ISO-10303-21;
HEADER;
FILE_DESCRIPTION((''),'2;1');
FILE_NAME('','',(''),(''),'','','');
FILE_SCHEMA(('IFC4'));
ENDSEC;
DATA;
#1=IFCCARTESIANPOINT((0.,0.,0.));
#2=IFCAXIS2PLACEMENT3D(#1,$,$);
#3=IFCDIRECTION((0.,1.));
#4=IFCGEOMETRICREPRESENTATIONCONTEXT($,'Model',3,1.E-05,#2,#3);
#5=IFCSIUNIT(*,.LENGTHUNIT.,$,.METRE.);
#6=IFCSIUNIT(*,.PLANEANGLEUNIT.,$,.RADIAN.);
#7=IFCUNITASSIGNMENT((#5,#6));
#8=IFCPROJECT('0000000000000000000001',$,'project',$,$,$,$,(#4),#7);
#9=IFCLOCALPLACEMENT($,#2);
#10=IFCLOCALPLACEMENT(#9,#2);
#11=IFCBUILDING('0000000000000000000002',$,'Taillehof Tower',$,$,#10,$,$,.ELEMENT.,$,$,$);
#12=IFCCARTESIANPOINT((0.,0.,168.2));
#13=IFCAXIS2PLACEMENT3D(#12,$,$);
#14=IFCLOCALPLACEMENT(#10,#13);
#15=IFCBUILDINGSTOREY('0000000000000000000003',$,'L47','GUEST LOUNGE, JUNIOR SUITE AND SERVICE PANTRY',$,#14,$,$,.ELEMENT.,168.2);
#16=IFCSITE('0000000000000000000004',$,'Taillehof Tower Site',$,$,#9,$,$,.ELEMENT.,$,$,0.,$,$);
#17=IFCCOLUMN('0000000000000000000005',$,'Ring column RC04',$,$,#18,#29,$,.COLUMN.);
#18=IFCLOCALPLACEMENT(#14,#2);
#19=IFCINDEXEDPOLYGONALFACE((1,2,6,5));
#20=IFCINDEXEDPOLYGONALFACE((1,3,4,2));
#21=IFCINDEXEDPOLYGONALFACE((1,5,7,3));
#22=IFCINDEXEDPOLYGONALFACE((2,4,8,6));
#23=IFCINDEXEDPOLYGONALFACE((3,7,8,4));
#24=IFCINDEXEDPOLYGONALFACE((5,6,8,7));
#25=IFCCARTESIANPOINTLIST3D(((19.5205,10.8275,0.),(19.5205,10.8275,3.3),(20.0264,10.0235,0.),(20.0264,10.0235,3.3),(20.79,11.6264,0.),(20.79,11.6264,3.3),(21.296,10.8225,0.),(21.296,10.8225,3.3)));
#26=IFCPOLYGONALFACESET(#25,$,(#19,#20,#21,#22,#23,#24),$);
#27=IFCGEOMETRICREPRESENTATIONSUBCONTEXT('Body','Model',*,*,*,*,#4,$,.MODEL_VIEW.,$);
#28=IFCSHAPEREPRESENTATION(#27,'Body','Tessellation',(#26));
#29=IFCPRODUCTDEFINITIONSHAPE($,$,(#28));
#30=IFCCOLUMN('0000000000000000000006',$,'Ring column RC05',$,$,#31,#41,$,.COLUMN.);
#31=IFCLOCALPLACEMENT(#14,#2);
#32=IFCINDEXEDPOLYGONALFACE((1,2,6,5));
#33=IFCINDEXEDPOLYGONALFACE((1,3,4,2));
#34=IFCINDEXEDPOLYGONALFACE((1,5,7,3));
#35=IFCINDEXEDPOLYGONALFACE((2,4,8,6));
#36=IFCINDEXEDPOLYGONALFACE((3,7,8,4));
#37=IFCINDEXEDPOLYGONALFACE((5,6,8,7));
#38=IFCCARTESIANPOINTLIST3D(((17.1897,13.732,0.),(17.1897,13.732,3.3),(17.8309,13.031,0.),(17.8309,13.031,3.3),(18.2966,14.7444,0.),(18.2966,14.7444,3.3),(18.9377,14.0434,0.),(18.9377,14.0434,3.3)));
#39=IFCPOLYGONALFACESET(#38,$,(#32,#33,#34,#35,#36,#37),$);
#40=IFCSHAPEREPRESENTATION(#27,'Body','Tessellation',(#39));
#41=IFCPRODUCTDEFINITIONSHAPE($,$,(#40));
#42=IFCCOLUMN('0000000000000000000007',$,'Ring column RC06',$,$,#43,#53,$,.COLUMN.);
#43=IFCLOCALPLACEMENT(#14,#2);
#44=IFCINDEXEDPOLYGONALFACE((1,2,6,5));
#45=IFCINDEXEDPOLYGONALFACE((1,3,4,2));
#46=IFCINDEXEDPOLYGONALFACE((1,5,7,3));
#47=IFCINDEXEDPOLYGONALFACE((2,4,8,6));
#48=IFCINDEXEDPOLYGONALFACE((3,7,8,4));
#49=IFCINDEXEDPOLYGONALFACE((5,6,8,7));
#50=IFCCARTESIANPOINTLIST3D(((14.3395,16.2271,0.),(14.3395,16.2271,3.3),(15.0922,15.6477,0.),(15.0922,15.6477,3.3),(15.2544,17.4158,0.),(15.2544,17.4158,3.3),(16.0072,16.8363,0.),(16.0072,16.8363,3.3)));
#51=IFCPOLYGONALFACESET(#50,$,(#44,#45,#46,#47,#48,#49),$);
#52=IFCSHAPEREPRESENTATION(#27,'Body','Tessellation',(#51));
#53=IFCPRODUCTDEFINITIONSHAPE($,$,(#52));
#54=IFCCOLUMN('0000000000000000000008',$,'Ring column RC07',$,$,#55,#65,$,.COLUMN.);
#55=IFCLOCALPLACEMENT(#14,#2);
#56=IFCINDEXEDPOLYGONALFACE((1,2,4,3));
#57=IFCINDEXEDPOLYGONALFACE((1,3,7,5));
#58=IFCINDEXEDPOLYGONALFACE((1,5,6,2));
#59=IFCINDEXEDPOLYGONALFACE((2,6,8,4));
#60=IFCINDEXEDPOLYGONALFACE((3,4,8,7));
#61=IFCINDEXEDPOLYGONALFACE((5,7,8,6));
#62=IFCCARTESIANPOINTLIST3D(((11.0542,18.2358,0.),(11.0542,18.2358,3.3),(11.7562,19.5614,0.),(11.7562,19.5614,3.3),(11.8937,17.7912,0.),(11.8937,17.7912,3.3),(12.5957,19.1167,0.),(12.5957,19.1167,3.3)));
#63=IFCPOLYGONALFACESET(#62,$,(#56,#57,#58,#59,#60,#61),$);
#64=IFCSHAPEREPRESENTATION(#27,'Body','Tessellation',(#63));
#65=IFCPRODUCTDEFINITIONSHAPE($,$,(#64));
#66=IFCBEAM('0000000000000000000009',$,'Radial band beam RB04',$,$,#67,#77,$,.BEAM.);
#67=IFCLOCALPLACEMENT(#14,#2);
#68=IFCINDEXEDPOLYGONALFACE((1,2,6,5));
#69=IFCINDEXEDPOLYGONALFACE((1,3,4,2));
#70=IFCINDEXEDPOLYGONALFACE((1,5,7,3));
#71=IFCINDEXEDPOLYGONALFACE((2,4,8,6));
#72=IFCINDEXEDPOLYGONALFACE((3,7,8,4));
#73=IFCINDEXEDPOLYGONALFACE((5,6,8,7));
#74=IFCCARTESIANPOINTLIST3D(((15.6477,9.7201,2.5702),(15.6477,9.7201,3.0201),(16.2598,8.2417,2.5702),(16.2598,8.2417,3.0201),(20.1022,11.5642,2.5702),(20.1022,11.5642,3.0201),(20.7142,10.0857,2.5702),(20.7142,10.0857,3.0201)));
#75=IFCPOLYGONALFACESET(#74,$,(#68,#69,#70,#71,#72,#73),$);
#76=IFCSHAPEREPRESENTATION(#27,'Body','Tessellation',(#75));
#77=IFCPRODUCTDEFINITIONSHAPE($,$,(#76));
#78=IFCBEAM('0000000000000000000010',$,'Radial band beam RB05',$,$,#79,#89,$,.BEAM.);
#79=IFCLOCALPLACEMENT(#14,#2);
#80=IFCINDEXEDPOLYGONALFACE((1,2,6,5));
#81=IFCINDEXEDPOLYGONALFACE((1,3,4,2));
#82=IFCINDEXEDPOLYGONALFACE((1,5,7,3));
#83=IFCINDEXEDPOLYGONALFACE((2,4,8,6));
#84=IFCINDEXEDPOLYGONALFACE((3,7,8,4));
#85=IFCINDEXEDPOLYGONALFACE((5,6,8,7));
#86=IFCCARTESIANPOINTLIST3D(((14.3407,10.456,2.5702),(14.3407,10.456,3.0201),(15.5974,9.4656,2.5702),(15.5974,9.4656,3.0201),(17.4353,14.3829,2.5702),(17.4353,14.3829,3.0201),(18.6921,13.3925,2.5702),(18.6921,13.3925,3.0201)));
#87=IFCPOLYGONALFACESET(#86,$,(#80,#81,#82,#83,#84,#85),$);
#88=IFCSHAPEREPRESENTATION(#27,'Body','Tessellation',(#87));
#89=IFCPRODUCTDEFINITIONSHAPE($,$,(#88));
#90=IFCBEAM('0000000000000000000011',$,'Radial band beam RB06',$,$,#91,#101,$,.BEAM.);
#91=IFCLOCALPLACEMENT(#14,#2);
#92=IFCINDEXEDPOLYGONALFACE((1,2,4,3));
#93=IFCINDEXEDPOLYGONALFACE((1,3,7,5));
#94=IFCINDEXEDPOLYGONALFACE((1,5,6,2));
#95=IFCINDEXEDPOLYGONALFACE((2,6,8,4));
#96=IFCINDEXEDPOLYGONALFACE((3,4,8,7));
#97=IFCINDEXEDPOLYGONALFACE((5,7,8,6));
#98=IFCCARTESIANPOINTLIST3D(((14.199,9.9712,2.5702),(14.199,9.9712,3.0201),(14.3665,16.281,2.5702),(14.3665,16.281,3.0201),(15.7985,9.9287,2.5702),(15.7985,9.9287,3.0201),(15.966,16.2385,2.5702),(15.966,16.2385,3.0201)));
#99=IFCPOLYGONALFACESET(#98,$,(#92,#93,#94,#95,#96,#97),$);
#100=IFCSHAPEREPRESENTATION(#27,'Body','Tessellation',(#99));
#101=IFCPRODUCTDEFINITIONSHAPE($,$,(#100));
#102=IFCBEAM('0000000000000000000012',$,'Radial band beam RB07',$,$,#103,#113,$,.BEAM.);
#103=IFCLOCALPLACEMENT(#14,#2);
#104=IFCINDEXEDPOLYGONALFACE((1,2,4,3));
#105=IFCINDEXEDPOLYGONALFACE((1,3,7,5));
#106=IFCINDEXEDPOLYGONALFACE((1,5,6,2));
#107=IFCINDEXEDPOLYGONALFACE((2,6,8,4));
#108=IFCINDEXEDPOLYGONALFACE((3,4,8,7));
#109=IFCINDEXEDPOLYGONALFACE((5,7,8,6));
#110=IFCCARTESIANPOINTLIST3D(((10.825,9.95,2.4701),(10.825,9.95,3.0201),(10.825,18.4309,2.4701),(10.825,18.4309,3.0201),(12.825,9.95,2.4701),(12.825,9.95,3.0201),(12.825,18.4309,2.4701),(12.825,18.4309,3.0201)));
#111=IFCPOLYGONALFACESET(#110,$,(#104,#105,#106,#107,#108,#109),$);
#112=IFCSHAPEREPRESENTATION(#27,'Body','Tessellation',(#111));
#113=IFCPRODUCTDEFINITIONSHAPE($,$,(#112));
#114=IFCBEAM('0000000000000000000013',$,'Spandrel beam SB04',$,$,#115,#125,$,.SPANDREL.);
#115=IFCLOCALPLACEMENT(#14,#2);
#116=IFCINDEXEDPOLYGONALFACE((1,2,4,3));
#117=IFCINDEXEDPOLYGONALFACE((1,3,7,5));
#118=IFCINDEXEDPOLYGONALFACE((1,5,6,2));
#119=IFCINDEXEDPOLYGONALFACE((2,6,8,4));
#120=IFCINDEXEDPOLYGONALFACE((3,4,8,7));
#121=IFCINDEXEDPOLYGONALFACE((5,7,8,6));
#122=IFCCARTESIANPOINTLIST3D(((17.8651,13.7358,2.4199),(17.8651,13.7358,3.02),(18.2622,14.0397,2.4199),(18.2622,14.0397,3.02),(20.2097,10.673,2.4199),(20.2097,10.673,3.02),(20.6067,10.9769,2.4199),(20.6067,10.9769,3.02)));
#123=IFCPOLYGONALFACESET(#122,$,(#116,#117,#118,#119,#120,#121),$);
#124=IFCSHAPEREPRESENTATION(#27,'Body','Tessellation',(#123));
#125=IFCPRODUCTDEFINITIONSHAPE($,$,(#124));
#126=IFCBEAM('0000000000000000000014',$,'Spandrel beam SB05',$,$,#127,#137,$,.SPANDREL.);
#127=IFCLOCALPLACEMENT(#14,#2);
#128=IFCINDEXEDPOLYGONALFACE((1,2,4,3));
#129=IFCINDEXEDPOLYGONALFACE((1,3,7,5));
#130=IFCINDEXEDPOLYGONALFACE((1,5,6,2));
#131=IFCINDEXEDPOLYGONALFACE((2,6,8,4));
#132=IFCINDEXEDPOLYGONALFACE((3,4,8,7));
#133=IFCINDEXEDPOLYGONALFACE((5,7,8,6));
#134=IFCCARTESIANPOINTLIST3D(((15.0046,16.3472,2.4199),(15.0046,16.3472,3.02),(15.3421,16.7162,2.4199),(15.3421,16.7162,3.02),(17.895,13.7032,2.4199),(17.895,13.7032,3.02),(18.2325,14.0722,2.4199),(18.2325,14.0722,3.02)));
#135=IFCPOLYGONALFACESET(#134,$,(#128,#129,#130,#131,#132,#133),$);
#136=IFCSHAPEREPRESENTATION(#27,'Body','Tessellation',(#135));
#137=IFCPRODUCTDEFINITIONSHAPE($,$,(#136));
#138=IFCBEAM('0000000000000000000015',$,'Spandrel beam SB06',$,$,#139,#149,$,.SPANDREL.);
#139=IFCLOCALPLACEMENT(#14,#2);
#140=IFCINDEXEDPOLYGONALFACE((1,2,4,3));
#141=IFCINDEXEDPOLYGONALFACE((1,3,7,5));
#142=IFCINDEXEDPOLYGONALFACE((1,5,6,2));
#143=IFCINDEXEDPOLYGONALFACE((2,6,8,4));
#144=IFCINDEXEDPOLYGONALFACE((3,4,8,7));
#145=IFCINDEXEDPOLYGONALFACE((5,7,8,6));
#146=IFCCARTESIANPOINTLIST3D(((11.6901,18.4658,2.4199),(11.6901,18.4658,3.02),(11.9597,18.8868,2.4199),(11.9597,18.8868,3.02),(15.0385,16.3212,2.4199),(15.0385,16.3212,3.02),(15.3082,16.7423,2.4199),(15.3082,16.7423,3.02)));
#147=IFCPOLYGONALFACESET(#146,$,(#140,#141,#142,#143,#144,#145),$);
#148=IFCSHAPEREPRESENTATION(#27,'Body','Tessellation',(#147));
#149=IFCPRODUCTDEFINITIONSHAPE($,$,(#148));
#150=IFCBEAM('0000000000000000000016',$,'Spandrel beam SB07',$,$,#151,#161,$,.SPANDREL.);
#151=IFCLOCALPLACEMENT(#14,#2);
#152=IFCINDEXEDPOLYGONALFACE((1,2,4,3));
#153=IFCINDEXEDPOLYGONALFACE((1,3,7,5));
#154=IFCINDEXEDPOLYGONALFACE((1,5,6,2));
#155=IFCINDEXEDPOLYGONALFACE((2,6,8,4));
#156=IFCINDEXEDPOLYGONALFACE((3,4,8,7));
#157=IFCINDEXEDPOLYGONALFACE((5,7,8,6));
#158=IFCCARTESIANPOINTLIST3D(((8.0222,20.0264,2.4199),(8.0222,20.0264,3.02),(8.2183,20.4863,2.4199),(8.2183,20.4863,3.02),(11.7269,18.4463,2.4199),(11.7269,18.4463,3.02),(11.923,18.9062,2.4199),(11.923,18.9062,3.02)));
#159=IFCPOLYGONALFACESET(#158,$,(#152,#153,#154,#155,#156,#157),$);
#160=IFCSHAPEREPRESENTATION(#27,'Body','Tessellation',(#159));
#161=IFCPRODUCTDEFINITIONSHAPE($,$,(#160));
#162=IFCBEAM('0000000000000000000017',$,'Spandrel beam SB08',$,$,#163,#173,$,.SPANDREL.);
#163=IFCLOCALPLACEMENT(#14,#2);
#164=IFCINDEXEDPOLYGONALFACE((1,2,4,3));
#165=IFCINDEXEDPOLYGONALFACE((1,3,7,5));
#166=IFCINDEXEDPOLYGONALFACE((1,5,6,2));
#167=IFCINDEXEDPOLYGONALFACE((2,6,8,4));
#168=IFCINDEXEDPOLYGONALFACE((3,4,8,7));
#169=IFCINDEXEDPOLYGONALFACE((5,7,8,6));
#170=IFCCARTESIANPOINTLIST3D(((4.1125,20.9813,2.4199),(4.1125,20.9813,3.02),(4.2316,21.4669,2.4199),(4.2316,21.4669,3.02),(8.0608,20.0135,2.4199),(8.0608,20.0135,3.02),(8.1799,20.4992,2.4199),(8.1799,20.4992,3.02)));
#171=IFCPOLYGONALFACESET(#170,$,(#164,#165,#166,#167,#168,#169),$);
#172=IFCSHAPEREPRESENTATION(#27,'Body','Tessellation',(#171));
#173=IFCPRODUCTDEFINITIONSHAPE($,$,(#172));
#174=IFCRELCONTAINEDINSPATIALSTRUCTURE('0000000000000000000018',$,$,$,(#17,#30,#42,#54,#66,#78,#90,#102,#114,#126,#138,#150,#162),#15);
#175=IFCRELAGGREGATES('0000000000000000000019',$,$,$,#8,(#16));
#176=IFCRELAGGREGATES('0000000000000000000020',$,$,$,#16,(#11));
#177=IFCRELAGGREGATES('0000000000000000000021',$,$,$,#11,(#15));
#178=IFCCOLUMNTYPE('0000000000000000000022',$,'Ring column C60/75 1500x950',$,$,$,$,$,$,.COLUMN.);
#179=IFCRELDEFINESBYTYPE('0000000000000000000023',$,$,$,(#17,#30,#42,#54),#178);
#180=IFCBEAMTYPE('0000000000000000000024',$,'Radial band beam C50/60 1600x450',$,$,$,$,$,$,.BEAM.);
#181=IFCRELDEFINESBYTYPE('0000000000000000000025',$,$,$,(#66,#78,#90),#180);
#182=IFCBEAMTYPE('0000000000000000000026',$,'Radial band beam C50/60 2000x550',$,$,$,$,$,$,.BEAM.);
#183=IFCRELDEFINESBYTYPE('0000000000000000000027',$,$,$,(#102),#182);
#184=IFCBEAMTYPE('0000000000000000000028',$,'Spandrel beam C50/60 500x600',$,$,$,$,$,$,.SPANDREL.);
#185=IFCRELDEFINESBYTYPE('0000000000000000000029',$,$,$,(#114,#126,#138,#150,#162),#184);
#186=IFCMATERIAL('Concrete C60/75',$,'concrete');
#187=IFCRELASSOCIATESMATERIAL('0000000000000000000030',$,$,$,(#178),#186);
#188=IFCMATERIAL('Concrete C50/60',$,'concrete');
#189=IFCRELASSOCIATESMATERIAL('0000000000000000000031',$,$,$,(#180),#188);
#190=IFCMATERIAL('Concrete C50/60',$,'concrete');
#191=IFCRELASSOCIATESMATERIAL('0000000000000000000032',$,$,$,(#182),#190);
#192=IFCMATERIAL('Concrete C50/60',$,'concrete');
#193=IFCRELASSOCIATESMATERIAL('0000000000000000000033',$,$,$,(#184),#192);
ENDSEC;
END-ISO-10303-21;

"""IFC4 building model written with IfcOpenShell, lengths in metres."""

from ifc_helpers import new_model, si_unit, direction, frame, origin, origin_2d, place, context, subcontext, project, spatial, rectangle, extrude, material, material_profile, profile_set, type_object, element, save


model = new_model("IFC4")

# Units and contexts
model_context = context("Model", 3, precision=1e-05, world=origin(), true_north=direction((0.0, 1.0)))
body_context = subcontext(model_context, "Body", "Model", "MODEL_VIEW")
ifc_project = project(units=[si_unit("LENGTHUNIT", "METRE"), si_unit("PLANEANGLEUNIT", "RADIAN")], contexts=[model_context])

# Site, building, storey
site_placement = place(None, origin())
site = spatial("IfcSite", under=ifc_project, at=site_placement, Name="Taillehof Tower Site", CompositionType="ELEMENT", RefElevation=0.0)
building_placement = place(site_placement, origin())
building = spatial("IfcBuilding", under=site, at=building_placement, Name="Taillehof Tower", CompositionType="ELEMENT")
storey_placement = place(building_placement, frame((0.0, 0.0, 168.2)))
storey = spatial("IfcBuildingStorey", under=building, at=storey_placement, Name="L47", Description="GUEST LOUNGE, JUNIOR SUITE AND SERVICE PANTRY", CompositionType="ELEMENT", Elevation=168.2)

# Columns
ifc_material_1 = material(Name="Concrete C60/75", Category="concrete")
ifc_material_profile_1 = material_profile(ifc_material_1, rectangle(XDim=1.5, YDim=0.95, at=origin_2d()), Name="RC 1500x950")
ifc_profile_set_1 = profile_set([ifc_material_profile_1], Name="Concrete C60/75")
column_type = type_object("IfcColumnType", Name="Ring column C60/75 1500x950", PredefinedType="COLUMN", material=ifc_profile_set_1)
for number, where, z_axis, x_axis, name in (
    (1, (20.4082, 10.825, 0.0), (0.0, 0.0, 1.0), (0.846334, 0.532652, 0.0), "Ring column RC04"),
    (2, (18.0637, 13.8877, 0.0), (0.0, 0.0, 1.0), (0.737879, 0.674933, 0.0), "Ring column RC05"),
    (3, (15.1733, 16.5317, 0.0), (0.0, 0.0, 1.0), (0.609971, 0.792424, 0.0), "Ring column RC06"),
    (4, (11.825, 18.6763, 0.0), (0.0, 0.0, 1.0), (0.468042, 0.883706, 0.0), "Ring column RC07"),
):
    element("IfcColumn", number, at=place(storey_placement, frame(where, z_axis=z_axis, x_axis=x_axis)), inside=storey, type_object=column_type, Name=name, PredefinedType="COLUMN", context=body_context, shape_type="SweptSolid", body=[
        extrude(rectangle(XDim=1.5, YDim=0.95, at=origin_2d()), origin(), (0.0, 0.0, 1.0), 3.3),
    ])

# Beams
ifc_material_2 = material(Name="Concrete C50/60", Category="concrete")
ifc_material_profile_2 = material_profile(ifc_material_2, rectangle(XDim=1.6001, YDim=0.45, at=origin_2d()), Name="RC 1600x450")
ifc_profile_set_2 = profile_set([ifc_material_profile_2], Name="Concrete C50/60")
beam_type_1 = type_object("IfcBeamType", Name="Radial band beam C50/60 1600x450", PredefinedType="BEAM", material=ifc_profile_set_2)
beam_1_placement = place(storey_placement, frame((20.4082, 10.825, 2.7952), z_axis=(-0.923957, -0.382496, 0.0), x_axis=(0.382496, -0.923957, 0.0)))
element("IfcBeam", 5, at=beam_1_placement, inside=storey, type_object=beam_type_1, Name="Radial band beam RB04", PredefinedType="BEAM", context=body_context, shape_type="SweptSolid", body=[
    extrude(rectangle(XDim=1.6001, YDim=0.45, at=origin_2d()), origin(), (0.0, 0.0, 1.0), 4.821),
])
beam_2_placement = place(storey_placement, frame((18.0637, 13.8877, 2.7952), z_axis=(-0.618962, -0.785421, 0.0), x_axis=(0.785421, -0.618962, 0.0)))
element("IfcBeam", 6, at=beam_2_placement, inside=storey, type_object=beam_type_1, Name="Radial band beam RB05", PredefinedType="BEAM", context=body_context, shape_type="SweptSolid", body=[
    extrude(rectangle(XDim=1.6001, YDim=0.45, at=origin_2d()), origin(), (0.0, 0.0, 1.0), 4.9998),
])
beam_3_placement = place(storey_placement, frame((15.1663, 16.2598, 2.7952), z_axis=(-0.026534, -0.999648, 0.0), x_axis=(0.999648, -0.026534, 0.0)))
element("IfcBeam", 7, at=beam_3_placement, inside=storey, type_object=beam_type_1, Name="Radial band beam RB06", PredefinedType="BEAM", context=body_context, shape_type="SweptSolid", body=[
    extrude(rectangle(XDim=1.6001, YDim=0.45, at=origin_2d()), origin(), (0.0, 0.0, 1.0), 6.312),
])
ifc_material_3 = material(Name="Concrete C50/60", Category="concrete")
ifc_material_profile_3 = material_profile(ifc_material_3, rectangle(XDim=2.0, YDim=0.55, at=origin_2d()), Name="RC 2000x550")
ifc_profile_set_3 = profile_set([ifc_material_profile_3], Name="Concrete C50/60")
beam_type_2 = type_object("IfcBeamType", Name="Radial band beam C50/60 2000x550", PredefinedType="BEAM", material=ifc_profile_set_3)
beam_4_placement = place(storey_placement, frame((11.825, 18.4309, 2.7451), z_axis=(0.0, -1.0, 0.0), x_axis=(1.0, 0.0, 0.0)))
element("IfcBeam", 8, at=beam_4_placement, inside=storey, type_object=beam_type_2, Name="Radial band beam RB07", PredefinedType="BEAM", context=body_context, shape_type="SweptSolid", body=[
    extrude(rectangle(XDim=2.0, YDim=0.55, at=origin_2d()), origin(), (0.0, 0.0, 1.0), 8.481),
])
ifc_material_4 = material(Name="Concrete C50/60", Category="concrete")
ifc_material_profile_4 = material_profile(ifc_material_4, rectangle(XDim=0.5, YDim=0.6001, at=origin_2d()), Name="RC 500x600")
ifc_profile_set_4 = profile_set([ifc_material_profile_4], Name="Concrete C50/60")
beam_type_3 = type_object("IfcBeamType", Name="Spandrel beam C50/60 500x600", PredefinedType="SPANDREL", material=ifc_profile_set_4)
beam_5_placement = place(storey_placement, frame((20.4082, 10.825, 2.72), z_axis=(-0.60784, 0.794059, 0.0), x_axis=(-0.794059, -0.60784, 0.0)))
element("IfcBeam", 9, at=beam_5_placement, inside=storey, type_object=beam_type_3, Name="Spandrel beam SB04", PredefinedType="SPANDREL", context=body_context, shape_type="SweptSolid", body=[
    extrude(rectangle(XDim=0.5, YDim=0.6001, at=origin_2d()), origin(), (0.0, 0.0, 1.0), 3.8572),
])
beam_6_placement = place(storey_placement, frame((18.0637, 13.8877, 2.72), z_axis=(-0.73785, 0.674965, 0.0), x_axis=(-0.674965, -0.73785, 0.0)))
element("IfcBeam", 10, at=beam_6_placement, inside=storey, type_object=beam_type_3, Name="Spandrel beam SB05", PredefinedType="SPANDREL", context=body_context, shape_type="SweptSolid", body=[
    extrude(rectangle(XDim=0.5, YDim=0.6001, at=origin_2d()), origin(), (0.0, 0.0, 1.0), 3.9172),
])
beam_7_placement = place(storey_placement, frame((15.1733, 16.5317, 2.72), z_axis=(-0.842093, 0.539332, 0.0), x_axis=(-0.539332, -0.842093, 0.0)))
element("IfcBeam", 11, at=beam_7_placement, inside=storey, type_object=beam_type_3, Name="Spandrel beam SB06", PredefinedType="SPANDREL", context=body_context, shape_type="SweptSolid", body=[
    extrude(rectangle(XDim=0.5, YDim=0.6001, at=origin_2d()), origin(), (0.0, 0.0, 1.0), 3.9763),
])
beam_8_placement = place(storey_placement, frame((11.825, 18.6763, 2.72), z_axis=(-0.919827, 0.392324, 0.0), x_axis=(-0.392324, -0.919827, 0.0)))
element("IfcBeam", 12, at=beam_8_placement, inside=storey, type_object=beam_type_3, Name="Spandrel beam SB07", PredefinedType="SPANDREL", context=body_context, shape_type="SweptSolid", body=[
    extrude(rectangle(XDim=0.5, YDim=0.6001, at=origin_2d()), origin(), (0.0, 0.0, 1.0), 4.0276),
])
beam_9_placement = place(storey_placement, frame((8.1204, 20.2563, 2.72), z_axis=(-0.971249, 0.238068, 0.0), x_axis=(-0.238068, -0.971249, 0.0)))
element("IfcBeam", 13, at=beam_9_placement, inside=storey, type_object=beam_type_3, Name="Spandrel beam SB08", PredefinedType="SPANDREL", context=body_context, shape_type="SweptSolid", body=[
    extrude(rectangle(XDim=0.5, YDim=0.6001, at=origin_2d()), origin(), (0.0, 0.0, 1.0), 4.0652),
])

save(model, "model.ifc")
